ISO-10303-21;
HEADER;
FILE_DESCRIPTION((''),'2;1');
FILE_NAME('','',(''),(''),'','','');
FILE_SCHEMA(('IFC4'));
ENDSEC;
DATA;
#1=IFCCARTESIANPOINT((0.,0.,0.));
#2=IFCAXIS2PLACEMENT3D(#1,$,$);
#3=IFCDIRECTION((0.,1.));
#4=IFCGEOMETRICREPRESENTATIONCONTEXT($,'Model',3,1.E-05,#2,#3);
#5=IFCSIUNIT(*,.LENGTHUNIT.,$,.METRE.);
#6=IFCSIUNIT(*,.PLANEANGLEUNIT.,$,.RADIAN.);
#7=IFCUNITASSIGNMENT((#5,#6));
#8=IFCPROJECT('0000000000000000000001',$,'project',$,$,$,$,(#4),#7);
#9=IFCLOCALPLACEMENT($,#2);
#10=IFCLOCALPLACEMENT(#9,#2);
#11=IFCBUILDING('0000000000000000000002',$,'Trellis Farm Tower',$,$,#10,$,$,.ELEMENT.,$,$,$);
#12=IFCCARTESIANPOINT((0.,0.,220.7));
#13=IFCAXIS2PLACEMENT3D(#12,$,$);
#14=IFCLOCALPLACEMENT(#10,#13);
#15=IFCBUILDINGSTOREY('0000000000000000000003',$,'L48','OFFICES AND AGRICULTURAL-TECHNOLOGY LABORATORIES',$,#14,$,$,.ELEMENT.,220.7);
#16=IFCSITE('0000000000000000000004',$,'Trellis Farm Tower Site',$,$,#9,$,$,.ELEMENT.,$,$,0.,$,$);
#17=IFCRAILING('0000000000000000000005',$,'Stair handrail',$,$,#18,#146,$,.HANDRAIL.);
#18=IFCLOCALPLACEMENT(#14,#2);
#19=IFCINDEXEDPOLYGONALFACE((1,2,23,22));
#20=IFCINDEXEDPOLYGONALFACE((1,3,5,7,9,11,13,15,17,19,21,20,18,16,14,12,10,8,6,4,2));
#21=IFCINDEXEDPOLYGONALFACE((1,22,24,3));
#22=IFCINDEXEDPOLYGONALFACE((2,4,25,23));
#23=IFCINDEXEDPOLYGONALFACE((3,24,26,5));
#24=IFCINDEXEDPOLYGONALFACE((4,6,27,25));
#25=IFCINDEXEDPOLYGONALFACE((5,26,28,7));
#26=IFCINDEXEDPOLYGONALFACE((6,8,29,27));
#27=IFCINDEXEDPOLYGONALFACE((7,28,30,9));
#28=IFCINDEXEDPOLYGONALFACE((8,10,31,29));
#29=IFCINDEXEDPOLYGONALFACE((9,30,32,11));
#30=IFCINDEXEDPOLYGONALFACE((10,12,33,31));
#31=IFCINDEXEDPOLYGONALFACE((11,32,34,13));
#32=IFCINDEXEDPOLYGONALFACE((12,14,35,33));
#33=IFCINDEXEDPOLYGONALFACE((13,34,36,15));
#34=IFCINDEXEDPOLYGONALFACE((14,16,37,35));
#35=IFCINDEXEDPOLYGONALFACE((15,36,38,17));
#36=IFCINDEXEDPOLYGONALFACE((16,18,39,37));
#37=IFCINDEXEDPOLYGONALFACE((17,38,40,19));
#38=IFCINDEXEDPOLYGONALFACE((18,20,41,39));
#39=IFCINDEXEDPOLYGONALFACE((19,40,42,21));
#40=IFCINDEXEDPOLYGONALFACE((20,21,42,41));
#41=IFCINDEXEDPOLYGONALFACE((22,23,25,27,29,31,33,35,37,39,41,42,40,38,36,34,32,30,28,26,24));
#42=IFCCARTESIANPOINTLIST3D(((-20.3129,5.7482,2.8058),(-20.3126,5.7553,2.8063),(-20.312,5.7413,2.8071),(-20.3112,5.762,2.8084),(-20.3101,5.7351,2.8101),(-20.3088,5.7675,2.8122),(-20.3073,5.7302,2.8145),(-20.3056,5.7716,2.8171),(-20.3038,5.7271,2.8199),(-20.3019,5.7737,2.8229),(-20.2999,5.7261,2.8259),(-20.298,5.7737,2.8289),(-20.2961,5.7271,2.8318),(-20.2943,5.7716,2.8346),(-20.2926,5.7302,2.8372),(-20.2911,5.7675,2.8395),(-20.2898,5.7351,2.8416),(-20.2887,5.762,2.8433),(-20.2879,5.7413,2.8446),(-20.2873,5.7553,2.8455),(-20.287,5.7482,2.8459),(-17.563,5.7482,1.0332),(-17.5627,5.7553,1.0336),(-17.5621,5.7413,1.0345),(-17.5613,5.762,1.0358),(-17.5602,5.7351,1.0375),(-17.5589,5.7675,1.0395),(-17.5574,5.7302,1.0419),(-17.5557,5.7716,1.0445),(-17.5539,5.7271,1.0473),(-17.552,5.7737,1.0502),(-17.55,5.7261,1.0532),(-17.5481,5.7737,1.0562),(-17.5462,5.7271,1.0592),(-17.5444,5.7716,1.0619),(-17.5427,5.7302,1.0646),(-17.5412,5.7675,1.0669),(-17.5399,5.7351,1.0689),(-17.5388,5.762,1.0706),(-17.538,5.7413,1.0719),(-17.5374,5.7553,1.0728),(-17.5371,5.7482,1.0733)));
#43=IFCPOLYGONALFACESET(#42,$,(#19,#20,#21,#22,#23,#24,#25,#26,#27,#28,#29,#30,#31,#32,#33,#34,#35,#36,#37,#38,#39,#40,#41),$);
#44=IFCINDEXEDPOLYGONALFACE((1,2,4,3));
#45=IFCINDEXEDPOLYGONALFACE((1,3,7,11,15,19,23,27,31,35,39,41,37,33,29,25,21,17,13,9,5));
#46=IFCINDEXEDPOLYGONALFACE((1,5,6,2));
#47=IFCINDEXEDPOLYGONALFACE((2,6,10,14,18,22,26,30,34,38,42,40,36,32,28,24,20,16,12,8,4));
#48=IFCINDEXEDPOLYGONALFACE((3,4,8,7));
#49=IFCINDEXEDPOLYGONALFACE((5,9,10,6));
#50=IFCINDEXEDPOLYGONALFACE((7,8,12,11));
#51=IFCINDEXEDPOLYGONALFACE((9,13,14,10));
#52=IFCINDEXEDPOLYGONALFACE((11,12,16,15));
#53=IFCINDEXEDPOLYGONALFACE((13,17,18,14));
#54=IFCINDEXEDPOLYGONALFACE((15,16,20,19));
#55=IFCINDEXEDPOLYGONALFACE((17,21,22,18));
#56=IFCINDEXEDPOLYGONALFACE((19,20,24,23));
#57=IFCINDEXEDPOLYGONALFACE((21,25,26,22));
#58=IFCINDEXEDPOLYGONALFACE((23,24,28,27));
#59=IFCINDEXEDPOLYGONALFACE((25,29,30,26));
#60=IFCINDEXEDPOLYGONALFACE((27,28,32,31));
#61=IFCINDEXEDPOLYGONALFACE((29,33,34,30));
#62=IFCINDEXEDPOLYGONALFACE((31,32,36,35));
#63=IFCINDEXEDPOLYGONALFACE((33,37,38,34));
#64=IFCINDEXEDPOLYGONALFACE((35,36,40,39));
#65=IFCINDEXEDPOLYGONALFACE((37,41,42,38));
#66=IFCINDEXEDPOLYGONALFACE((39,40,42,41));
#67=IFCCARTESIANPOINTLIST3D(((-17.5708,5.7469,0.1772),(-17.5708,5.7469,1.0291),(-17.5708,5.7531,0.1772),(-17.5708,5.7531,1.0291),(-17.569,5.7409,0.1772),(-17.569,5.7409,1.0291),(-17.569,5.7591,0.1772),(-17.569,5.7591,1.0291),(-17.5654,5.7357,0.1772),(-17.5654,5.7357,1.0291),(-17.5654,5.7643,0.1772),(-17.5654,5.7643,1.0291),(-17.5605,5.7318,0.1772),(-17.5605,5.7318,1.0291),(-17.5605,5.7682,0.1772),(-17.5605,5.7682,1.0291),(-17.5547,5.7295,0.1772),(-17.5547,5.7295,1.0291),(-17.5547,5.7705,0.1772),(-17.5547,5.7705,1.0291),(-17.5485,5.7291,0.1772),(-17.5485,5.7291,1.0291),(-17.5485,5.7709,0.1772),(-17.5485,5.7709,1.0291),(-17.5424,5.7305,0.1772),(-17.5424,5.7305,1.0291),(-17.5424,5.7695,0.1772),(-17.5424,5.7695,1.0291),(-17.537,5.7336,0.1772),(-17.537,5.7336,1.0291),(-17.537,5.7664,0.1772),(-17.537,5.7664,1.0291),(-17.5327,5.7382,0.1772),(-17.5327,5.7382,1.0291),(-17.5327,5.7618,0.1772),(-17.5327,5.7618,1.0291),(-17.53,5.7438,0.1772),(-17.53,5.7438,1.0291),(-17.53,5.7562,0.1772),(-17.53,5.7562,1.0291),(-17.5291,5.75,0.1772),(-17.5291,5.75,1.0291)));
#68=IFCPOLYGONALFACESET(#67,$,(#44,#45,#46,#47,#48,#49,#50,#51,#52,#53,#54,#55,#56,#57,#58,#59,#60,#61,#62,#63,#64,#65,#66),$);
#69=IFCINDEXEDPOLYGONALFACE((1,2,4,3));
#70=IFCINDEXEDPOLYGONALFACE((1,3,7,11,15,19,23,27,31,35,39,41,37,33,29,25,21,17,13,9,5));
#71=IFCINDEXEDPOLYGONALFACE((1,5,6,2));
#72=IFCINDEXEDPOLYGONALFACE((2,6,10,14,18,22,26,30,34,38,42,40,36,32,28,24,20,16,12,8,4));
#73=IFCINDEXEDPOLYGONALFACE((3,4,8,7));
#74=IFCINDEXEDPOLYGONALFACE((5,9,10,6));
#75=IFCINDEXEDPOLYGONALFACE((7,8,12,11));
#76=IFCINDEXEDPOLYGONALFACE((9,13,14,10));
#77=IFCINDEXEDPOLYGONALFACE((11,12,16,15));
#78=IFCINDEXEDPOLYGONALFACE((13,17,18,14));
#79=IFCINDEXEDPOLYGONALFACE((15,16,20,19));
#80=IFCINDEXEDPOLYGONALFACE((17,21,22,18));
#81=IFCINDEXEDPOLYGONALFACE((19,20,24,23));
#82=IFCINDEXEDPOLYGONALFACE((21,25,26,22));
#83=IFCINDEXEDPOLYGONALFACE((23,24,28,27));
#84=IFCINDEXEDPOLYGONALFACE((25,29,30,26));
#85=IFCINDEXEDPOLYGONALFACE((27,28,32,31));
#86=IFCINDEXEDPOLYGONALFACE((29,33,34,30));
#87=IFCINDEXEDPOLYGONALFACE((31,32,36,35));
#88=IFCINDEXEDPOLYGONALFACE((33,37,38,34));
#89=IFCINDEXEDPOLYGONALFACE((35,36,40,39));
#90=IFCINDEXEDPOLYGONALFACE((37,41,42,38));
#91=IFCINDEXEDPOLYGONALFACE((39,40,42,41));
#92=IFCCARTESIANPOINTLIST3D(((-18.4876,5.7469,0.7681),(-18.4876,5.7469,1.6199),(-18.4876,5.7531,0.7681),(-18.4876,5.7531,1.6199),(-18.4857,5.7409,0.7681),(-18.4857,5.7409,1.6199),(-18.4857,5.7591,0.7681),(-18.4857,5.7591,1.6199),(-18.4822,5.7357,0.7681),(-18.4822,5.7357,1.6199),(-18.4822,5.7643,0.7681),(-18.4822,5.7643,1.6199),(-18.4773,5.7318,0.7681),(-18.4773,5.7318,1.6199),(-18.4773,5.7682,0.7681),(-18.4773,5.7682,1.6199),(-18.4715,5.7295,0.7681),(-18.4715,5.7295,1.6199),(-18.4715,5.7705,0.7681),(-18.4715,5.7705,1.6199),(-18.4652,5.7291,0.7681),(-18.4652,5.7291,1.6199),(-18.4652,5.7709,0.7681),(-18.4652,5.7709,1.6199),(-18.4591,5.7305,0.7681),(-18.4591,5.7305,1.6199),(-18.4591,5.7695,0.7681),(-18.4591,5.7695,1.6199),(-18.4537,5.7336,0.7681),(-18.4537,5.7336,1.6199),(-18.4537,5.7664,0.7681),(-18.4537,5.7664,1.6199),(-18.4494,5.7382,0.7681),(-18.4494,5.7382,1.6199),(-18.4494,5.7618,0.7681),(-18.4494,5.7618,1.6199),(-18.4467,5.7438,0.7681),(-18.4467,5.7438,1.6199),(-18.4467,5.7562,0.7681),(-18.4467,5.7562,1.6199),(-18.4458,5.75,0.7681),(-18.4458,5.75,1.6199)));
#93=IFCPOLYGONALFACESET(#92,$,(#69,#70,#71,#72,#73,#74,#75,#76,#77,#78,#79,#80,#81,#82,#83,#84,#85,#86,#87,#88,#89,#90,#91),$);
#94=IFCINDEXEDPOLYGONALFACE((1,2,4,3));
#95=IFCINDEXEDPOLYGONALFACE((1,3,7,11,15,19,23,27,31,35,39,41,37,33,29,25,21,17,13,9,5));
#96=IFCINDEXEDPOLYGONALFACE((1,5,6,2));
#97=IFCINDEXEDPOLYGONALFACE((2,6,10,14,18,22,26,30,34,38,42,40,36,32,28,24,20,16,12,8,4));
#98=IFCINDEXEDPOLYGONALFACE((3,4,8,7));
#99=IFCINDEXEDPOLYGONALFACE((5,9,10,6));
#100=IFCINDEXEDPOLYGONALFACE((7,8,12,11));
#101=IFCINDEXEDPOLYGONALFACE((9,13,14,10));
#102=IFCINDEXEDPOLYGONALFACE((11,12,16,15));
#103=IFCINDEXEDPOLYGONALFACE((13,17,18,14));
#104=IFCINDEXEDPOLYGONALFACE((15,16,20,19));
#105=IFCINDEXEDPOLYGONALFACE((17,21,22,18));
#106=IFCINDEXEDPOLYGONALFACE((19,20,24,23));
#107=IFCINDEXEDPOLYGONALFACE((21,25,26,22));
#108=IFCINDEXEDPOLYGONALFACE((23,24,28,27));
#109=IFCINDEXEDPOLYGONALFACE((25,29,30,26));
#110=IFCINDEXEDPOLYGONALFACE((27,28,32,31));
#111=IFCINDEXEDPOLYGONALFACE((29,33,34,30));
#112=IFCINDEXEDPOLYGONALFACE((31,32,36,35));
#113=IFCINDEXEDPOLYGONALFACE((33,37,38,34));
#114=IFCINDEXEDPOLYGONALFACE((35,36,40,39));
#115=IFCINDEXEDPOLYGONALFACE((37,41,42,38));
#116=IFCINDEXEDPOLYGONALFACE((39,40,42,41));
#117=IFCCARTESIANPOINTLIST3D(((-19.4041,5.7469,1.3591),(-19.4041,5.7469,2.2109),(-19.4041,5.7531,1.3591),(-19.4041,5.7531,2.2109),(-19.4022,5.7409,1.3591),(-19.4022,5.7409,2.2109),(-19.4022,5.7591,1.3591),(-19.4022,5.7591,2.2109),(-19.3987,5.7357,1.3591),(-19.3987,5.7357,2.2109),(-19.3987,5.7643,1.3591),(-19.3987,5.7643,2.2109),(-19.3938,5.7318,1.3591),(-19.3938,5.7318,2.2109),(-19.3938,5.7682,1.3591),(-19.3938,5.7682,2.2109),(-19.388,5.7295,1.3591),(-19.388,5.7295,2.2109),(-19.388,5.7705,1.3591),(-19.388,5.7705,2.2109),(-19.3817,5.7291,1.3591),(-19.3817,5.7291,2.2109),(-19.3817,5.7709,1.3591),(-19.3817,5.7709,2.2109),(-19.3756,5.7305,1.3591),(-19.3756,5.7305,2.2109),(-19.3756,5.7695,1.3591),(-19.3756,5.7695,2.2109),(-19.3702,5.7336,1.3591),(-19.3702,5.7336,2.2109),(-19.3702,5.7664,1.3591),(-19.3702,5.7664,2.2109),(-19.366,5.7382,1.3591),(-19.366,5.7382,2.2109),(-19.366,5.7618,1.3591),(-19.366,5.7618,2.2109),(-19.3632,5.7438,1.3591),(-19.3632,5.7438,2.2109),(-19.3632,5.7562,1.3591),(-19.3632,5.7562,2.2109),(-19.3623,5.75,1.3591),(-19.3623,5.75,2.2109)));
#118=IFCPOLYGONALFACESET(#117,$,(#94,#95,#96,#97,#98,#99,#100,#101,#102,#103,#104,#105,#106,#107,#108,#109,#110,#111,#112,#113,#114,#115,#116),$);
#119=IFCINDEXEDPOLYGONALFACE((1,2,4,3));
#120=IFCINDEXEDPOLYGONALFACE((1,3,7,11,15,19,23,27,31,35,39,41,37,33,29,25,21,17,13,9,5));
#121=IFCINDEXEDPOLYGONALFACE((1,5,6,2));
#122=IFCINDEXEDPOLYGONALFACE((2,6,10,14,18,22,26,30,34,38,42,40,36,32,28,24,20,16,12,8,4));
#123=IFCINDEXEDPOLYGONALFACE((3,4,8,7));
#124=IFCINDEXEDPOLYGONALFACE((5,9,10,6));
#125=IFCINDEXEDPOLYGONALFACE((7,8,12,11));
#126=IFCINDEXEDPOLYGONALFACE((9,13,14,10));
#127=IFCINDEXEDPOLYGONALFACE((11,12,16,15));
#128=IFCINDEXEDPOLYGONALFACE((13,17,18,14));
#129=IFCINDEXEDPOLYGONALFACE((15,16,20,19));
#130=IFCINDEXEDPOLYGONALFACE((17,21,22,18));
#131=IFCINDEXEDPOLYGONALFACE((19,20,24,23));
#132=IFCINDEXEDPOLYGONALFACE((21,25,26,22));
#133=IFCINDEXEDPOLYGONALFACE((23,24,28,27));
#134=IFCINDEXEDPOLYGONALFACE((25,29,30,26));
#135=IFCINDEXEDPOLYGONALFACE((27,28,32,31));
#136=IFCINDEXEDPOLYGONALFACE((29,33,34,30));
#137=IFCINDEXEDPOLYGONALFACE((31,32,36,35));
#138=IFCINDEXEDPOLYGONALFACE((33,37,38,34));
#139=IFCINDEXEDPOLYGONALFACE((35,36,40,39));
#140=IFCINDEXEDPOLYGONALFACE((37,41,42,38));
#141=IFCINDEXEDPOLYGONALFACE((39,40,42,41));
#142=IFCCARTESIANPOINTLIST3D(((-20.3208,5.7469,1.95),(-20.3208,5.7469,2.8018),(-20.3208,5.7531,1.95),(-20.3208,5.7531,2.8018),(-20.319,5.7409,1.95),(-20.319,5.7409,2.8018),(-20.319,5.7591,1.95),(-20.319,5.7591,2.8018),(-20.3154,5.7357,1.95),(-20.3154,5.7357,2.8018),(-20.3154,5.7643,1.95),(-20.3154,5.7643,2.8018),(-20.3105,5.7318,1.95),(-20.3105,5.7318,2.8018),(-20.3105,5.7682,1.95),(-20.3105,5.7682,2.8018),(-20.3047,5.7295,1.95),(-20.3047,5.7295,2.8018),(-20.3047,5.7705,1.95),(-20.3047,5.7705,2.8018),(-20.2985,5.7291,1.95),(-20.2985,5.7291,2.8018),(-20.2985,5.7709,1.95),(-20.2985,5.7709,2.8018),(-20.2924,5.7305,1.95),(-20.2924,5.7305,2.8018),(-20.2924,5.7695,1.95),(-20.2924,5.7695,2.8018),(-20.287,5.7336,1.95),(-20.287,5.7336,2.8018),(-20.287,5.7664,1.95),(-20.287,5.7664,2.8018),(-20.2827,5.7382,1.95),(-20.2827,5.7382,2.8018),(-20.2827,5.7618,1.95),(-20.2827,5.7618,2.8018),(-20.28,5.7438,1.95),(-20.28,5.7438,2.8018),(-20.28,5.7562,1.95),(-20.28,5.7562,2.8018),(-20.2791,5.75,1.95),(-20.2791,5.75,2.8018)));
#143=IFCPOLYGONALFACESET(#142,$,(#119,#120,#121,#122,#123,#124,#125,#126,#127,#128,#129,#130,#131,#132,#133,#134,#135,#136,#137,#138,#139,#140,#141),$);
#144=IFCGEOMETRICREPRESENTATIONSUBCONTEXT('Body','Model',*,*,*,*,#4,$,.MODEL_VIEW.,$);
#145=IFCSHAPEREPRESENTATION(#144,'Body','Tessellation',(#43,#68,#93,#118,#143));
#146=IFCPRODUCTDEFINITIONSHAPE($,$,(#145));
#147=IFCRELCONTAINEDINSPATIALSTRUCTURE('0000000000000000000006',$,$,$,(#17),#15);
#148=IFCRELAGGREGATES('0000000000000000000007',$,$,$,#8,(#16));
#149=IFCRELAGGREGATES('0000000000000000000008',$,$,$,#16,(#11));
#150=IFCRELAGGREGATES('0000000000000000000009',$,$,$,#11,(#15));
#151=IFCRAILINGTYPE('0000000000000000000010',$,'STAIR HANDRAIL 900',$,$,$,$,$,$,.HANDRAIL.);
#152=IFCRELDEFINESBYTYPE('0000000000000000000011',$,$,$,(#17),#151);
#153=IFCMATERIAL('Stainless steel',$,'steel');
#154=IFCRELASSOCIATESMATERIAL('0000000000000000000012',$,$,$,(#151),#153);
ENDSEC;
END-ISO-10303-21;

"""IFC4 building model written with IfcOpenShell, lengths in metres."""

from ifc_helpers import new_model, si_unit, direction, frame, origin, origin_2d, place, context, subcontext, project, spatial, circle, extrude, source, transform, mapped, material, type_object, element, save


model = new_model("IFC4")

# Units and contexts
model_context = context("Model", 3, precision=1e-05, world=origin(), true_north=direction((0.0, 1.0)))
body_context = subcontext(model_context, "Body", "Model", "MODEL_VIEW")
ifc_project = project(units=[si_unit("LENGTHUNIT", "METRE"), si_unit("PLANEANGLEUNIT", "RADIAN")], contexts=[model_context])

# Site, building, storey
site_placement = place(None, origin())
site = spatial("IfcSite", under=ifc_project, at=site_placement, Name="Trellis Farm Tower Site", CompositionType="ELEMENT", RefElevation=0.0)
building_placement = place(site_placement, origin())
building = spatial("IfcBuilding", under=site, at=building_placement, Name="Trellis Farm Tower", CompositionType="ELEMENT")
storey_placement = place(building_placement, frame((0.0, 0.0, 220.7)))
storey = spatial("IfcBuildingStorey", under=building, at=storey_placement, Name="L48", Description="OFFICES AND AGRICULTURAL-TECHNOLOGY LABORATORIES", CompositionType="ELEMENT", Elevation=220.7)

# Railing
ifc_material_1 = material(Name="Stainless steel", Category="steel")
railing_type = type_object("IfcRailingType", Name="STAIR HANDRAIL 900", PredefinedType="HANDRAIL", material=ifc_material_1)
shared_shape_1 = source(origin(), body_context, "Body", "SweptSolid", [
    extrude(circle(Radius=0.0239, at=origin_2d()), frame((0.0, 0.0, 0.876), z_axis=(-0.840504, 0.0, 0.541806), x_axis=(0.0, -1.0, 0.0)), (0.0, 0.0, 1.0), 3.2717),
    extrude(circle(Radius=0.021, at=origin_2d()), origin(), (0.0, 0.0, 1.0), 0.8518),
    extrude(circle(Radius=0.021, at=origin_2d()), frame((-0.9167, 0.0, 0.5908)), (0.0, 0.0, 1.0), 0.8518),
    extrude(circle(Radius=0.021, at=origin_2d()), frame((-1.8333, 0.0, 1.1819)), (0.0, 0.0, 1.0), 0.8518),
    extrude(circle(Radius=0.021, at=origin_2d()), frame((-2.75, 0.0, 1.7727)), (0.0, 0.0, 1.0), 0.8518),
])
for number, where, name in (
    (1, (-17.55, 5.75, 0.1772), "Stair handrail"),
):
    element("IfcRailing", number, at=place(storey_placement, frame(where)), inside=storey, type_object=railing_type, Name=name, PredefinedType="HANDRAIL", context=body_context, shape_type="MappedRepresentation", body=[
        mapped(shared_shape_1, transform((0.0, 0.0, 0.0))),
    ])

save(model, "model.ifc")
